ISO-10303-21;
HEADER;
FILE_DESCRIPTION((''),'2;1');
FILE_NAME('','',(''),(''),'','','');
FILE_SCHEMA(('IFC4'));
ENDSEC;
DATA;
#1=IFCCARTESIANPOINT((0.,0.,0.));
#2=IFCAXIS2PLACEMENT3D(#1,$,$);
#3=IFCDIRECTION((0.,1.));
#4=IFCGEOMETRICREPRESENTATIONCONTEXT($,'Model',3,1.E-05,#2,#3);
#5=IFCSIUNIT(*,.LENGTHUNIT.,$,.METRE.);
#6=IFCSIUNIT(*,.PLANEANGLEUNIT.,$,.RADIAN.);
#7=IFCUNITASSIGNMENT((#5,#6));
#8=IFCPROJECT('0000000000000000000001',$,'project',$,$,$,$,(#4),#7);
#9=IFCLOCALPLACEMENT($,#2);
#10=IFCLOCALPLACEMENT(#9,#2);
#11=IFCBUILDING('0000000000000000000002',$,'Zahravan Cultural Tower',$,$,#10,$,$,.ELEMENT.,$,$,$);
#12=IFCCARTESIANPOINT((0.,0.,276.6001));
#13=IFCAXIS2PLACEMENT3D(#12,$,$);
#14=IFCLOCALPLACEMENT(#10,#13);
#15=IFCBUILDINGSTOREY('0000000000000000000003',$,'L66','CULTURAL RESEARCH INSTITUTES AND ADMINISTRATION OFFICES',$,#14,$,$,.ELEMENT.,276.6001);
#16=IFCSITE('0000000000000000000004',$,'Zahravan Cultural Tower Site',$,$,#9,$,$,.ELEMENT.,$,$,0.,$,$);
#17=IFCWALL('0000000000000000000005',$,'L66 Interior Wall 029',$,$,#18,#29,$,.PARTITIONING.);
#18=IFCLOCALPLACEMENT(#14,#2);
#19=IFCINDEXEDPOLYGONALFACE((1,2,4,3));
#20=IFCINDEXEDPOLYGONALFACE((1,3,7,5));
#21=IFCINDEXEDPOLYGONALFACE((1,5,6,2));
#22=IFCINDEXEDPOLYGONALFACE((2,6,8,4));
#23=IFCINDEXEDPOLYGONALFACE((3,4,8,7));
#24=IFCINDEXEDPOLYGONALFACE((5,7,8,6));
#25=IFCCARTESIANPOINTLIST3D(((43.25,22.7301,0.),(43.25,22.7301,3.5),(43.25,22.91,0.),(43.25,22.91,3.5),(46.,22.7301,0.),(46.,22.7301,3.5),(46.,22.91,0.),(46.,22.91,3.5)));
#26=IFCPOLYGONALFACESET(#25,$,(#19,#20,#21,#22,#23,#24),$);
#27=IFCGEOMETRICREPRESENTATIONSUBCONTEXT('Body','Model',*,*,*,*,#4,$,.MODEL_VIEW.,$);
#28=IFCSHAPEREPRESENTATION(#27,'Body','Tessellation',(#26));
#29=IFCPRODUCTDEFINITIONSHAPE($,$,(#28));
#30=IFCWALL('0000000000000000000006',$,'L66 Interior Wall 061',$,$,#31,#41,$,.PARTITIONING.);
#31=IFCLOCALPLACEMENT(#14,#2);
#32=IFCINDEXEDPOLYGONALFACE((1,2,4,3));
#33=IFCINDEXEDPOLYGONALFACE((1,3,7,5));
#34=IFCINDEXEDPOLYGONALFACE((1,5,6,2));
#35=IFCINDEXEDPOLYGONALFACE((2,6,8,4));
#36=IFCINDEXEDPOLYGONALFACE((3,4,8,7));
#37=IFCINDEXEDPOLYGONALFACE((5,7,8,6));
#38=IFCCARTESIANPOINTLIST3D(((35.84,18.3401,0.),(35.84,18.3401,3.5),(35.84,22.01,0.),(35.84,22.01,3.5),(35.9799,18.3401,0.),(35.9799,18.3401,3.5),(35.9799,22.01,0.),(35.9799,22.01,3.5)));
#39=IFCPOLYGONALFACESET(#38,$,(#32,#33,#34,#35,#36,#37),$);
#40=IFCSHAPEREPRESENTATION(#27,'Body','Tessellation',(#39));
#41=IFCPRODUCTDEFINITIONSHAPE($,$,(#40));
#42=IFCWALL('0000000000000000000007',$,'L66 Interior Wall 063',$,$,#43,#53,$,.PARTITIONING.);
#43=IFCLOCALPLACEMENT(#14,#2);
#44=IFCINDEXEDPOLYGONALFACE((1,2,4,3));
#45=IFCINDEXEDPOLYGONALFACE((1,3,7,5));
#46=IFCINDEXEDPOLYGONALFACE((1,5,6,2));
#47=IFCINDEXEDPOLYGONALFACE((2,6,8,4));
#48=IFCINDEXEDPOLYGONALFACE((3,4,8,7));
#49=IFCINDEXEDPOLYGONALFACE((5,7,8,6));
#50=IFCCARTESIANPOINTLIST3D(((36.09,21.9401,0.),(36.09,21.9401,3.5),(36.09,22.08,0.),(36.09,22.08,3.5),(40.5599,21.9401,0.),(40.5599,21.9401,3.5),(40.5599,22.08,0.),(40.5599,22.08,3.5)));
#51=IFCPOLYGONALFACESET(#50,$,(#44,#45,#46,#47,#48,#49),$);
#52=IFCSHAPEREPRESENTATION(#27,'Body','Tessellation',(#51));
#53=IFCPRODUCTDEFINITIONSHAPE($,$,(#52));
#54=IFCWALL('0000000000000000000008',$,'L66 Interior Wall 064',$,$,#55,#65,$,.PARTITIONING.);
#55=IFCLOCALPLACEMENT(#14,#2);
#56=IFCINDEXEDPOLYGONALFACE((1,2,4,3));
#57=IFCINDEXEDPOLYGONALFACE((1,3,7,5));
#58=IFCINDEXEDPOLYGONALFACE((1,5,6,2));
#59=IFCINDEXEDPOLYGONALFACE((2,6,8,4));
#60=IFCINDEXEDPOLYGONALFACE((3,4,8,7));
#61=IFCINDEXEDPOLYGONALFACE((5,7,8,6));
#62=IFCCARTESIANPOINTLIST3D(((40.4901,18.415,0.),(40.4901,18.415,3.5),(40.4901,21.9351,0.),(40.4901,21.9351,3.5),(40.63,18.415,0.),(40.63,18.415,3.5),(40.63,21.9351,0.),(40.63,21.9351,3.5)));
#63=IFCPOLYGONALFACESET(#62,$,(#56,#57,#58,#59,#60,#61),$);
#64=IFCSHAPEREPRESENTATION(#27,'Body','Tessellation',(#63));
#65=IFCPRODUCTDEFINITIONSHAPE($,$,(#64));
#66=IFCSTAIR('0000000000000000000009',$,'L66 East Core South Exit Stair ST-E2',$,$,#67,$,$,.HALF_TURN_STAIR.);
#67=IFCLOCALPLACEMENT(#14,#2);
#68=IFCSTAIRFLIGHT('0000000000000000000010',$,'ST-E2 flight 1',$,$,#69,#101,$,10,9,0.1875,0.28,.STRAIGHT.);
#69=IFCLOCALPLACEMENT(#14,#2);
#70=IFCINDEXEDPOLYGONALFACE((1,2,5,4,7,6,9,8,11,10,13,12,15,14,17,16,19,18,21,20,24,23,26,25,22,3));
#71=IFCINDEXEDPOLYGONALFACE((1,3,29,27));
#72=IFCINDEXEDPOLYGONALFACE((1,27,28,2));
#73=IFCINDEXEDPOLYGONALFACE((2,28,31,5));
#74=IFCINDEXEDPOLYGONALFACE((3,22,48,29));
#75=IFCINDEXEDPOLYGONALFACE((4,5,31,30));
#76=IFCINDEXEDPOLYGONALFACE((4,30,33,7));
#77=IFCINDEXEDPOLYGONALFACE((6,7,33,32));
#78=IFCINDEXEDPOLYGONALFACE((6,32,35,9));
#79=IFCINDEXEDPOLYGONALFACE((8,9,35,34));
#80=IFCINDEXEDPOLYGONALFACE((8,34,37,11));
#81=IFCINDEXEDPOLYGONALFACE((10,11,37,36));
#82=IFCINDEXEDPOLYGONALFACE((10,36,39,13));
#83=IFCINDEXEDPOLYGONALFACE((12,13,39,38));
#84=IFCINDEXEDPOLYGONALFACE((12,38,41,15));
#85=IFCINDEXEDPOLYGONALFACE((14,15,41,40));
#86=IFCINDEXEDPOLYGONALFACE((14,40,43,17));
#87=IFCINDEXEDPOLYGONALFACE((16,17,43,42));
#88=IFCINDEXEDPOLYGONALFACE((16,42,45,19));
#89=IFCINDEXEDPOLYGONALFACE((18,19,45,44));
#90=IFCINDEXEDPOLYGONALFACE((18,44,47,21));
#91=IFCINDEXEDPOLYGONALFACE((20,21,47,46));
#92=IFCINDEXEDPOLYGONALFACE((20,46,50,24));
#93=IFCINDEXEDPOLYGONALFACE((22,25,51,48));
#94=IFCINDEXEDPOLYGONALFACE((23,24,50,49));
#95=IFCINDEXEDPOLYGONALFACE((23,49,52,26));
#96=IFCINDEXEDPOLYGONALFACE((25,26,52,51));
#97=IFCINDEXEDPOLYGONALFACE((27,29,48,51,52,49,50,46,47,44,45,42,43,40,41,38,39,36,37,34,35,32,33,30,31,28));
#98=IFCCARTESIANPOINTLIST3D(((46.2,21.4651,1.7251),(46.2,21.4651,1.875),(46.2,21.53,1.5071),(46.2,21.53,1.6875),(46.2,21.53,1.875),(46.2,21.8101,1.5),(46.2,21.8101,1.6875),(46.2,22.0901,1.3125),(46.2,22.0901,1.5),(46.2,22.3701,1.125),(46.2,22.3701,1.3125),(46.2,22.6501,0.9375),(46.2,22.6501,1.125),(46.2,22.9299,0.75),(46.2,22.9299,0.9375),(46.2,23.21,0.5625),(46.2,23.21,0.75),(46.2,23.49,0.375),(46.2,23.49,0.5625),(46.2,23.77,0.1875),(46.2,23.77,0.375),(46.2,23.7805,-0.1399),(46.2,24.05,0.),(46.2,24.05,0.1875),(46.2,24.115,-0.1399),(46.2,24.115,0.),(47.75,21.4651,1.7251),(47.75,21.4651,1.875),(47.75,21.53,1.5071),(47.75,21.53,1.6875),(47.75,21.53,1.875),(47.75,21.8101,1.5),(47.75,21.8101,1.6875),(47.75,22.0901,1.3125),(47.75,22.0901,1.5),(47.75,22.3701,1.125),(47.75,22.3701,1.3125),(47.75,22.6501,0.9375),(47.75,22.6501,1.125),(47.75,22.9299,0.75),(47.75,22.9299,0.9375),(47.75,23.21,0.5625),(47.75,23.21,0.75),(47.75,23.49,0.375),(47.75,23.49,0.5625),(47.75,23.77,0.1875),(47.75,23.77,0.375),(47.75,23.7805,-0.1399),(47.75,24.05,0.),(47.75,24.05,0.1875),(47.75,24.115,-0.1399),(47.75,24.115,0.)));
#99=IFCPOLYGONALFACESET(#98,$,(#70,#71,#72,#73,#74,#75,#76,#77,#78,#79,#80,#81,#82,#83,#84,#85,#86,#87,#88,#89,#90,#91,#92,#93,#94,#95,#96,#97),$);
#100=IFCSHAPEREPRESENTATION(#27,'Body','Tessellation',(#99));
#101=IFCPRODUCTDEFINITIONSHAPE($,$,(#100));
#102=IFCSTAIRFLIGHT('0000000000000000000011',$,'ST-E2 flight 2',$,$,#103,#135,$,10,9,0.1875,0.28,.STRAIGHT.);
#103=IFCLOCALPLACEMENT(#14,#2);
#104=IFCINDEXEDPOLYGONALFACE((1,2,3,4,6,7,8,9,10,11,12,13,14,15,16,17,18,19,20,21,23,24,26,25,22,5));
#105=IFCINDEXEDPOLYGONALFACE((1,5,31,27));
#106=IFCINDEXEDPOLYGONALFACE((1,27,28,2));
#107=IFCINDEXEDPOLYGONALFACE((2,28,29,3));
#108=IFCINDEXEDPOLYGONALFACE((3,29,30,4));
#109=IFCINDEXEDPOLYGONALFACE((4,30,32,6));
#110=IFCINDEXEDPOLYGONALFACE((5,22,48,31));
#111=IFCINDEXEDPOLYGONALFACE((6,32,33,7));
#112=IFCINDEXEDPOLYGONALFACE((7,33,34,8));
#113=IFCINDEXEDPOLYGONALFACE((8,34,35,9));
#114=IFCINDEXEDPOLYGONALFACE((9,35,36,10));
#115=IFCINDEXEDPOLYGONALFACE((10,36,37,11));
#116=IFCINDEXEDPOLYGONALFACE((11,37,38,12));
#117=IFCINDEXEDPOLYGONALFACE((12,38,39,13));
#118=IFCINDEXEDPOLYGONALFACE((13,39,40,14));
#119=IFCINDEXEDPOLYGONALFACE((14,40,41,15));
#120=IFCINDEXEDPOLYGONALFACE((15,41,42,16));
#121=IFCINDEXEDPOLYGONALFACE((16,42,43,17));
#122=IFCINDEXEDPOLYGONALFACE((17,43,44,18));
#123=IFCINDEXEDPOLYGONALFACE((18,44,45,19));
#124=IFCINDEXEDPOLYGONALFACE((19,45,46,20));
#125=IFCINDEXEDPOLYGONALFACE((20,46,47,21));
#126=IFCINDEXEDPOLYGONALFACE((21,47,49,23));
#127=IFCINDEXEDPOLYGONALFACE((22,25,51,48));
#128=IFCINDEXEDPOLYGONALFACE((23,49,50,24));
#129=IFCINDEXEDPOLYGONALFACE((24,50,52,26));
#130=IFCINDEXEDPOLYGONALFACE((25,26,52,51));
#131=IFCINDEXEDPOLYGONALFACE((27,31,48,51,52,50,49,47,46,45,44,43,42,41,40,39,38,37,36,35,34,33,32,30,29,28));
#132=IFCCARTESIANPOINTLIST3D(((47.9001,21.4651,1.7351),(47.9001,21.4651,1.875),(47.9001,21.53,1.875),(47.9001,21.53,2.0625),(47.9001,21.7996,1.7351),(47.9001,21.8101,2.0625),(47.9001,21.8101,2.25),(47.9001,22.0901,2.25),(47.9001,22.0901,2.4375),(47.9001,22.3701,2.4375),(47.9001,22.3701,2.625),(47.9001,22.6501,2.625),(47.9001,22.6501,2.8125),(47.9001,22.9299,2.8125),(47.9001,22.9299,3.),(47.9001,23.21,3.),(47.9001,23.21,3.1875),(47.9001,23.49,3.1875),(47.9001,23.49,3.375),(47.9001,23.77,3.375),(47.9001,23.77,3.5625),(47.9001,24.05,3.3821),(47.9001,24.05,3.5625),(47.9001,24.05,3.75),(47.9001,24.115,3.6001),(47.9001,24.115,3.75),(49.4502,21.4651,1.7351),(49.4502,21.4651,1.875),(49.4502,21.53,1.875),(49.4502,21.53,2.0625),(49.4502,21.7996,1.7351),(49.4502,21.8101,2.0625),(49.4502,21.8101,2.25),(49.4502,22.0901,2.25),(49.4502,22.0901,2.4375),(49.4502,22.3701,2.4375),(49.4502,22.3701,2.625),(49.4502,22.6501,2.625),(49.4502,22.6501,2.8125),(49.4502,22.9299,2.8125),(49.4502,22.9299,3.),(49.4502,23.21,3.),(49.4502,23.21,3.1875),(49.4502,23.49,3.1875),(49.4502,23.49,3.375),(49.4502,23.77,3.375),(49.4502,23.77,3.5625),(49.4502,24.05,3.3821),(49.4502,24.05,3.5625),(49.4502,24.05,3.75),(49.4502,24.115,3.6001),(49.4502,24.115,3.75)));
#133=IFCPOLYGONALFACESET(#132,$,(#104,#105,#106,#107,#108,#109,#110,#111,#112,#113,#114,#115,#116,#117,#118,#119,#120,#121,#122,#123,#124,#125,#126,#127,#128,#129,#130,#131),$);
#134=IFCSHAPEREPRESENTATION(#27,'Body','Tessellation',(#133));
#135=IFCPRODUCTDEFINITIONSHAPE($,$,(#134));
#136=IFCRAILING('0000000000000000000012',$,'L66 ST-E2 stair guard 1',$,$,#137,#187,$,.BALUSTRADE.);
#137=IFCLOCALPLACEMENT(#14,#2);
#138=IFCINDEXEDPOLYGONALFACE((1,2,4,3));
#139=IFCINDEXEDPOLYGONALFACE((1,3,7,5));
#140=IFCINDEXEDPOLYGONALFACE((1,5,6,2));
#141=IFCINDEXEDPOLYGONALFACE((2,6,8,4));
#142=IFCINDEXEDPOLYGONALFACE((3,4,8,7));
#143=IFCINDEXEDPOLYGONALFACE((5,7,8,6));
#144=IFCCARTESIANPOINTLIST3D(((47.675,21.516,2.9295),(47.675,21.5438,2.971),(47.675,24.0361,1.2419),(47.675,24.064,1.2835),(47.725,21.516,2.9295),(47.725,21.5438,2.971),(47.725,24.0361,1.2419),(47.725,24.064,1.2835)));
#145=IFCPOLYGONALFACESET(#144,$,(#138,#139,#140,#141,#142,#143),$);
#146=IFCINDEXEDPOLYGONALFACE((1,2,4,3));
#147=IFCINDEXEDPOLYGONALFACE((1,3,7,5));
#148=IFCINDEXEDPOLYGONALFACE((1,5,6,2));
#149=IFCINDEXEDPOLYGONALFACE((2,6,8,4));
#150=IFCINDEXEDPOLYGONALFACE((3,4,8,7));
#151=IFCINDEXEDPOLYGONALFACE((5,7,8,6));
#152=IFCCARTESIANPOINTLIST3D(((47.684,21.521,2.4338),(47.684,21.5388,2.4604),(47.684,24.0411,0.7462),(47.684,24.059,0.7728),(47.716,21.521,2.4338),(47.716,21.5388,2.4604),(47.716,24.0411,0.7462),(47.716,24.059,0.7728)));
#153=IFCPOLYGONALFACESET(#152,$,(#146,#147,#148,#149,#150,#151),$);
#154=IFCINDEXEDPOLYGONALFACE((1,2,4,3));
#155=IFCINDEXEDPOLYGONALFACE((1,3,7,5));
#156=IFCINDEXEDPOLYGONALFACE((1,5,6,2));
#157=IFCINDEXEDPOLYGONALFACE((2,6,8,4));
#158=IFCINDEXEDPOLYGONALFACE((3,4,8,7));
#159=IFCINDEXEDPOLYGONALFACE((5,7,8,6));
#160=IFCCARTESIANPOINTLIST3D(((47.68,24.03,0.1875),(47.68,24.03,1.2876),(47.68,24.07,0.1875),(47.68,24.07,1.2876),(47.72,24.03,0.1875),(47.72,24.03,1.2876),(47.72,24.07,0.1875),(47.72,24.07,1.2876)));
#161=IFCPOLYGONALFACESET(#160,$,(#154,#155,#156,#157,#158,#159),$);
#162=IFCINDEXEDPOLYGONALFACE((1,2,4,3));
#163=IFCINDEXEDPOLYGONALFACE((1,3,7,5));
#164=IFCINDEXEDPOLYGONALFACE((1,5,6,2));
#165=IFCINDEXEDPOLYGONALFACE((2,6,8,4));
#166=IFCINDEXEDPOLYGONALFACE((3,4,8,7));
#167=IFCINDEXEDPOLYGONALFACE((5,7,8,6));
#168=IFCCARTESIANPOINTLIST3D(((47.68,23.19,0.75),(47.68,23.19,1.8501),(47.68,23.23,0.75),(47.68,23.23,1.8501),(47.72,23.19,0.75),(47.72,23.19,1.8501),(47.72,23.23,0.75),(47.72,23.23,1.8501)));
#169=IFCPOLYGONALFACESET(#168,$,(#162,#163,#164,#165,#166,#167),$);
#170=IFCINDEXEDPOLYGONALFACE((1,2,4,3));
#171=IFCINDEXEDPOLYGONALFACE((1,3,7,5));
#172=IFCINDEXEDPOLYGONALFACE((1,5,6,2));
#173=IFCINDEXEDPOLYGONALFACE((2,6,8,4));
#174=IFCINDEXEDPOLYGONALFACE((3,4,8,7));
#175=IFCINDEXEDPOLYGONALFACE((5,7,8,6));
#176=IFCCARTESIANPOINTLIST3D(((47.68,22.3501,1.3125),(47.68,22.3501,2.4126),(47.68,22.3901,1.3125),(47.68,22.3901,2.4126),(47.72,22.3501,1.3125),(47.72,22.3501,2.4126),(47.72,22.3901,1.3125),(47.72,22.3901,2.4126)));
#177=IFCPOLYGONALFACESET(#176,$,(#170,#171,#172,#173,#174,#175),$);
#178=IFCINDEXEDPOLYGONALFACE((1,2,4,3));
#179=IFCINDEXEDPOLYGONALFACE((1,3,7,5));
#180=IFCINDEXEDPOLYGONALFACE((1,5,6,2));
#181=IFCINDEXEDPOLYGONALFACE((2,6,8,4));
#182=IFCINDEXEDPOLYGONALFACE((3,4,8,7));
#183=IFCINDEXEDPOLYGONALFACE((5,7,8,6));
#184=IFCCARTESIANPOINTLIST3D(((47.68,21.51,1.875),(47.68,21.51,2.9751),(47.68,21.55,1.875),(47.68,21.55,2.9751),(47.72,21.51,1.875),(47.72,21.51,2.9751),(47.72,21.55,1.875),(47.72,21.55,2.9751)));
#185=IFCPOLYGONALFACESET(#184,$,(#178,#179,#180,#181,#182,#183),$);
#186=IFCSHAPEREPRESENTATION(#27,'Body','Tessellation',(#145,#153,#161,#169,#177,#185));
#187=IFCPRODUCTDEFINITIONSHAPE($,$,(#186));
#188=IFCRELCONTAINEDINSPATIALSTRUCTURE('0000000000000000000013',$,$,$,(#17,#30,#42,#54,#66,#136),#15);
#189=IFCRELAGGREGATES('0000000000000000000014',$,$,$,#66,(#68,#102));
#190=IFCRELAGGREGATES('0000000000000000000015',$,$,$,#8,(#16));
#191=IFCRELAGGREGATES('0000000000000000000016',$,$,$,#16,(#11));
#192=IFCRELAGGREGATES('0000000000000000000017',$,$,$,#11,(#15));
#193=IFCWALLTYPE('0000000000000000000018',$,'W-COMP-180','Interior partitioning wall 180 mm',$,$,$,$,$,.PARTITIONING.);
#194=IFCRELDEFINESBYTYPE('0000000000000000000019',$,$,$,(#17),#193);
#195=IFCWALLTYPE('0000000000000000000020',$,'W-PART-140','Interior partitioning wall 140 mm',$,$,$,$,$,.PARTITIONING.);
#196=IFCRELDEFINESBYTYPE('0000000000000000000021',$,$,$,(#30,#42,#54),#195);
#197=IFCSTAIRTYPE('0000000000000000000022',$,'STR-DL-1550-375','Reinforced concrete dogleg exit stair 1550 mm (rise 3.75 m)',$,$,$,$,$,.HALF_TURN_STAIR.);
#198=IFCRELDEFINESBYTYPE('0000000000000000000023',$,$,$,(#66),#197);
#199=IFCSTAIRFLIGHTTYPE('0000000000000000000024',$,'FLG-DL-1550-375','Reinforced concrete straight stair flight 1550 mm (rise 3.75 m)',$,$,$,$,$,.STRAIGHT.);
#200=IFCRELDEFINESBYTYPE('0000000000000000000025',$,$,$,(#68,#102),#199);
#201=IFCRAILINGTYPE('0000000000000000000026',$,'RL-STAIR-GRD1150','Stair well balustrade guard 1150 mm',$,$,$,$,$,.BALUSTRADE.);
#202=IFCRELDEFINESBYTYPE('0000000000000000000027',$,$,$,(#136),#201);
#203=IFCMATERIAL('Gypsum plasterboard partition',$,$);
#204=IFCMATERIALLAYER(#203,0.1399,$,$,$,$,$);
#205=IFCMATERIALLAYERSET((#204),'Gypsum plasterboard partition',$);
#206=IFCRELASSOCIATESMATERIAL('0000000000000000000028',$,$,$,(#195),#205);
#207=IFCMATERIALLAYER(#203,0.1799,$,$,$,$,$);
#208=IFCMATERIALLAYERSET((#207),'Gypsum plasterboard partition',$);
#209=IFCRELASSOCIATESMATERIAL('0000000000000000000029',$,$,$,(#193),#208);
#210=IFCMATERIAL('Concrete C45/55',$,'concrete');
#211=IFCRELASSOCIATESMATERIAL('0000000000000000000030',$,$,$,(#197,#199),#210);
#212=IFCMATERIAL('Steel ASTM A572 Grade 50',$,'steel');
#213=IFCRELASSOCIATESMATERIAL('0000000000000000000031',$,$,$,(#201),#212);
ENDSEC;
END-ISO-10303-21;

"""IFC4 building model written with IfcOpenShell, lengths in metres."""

from ifc_helpers import new_model, si_unit, direction, frame, frame_2d, origin, origin_2d, place, context, subcontext, project, spatial, polyline, rectangle, outline, extrude, source, transform, mapped, material, layer, layer_set, type_object, element, aggregate, save


model = new_model("IFC4")

# Units and contexts
model_context = context("Model", 3, precision=1e-05, world=origin(), true_north=direction((0.0, 1.0)))
body_context = subcontext(model_context, "Body", "Model", "MODEL_VIEW")
ifc_project = project(units=[si_unit("LENGTHUNIT", "METRE"), si_unit("PLANEANGLEUNIT", "RADIAN")], contexts=[model_context])

# Site, building, storey
site_placement = place(None, origin())
site = spatial("IfcSite", under=ifc_project, at=site_placement, Name="Zahravan Cultural Tower Site", CompositionType="ELEMENT", RefElevation=0.0)
building_placement = place(site_placement, origin())
building = spatial("IfcBuilding", under=site, at=building_placement, Name="Zahravan Cultural Tower", CompositionType="ELEMENT")
storey_placement = place(building_placement, frame((0.0, 0.0, 276.6001)))
storey = spatial("IfcBuildingStorey", under=building, at=storey_placement, Name="L66", Description="CULTURAL RESEARCH INSTITUTES AND ADMINISTRATION OFFICES", CompositionType="ELEMENT", Elevation=276.6001)

# Shared definitions
ifc_material_1 = material(Name="Gypsum plasterboard partition")
ifc_layer_1 = layer(ifc_material_1, 0.1399)
ifc_layer_set_1 = layer_set([ifc_layer_1], Name="Gypsum plasterboard partition")
wall_type_1 = type_object("IfcWallType", Name="W-PART-140", Description="Interior partitioning wall 140 mm", PredefinedType="PARTITIONING", material=ifc_layer_set_1)
ifc_material_2 = material(Name="Concrete C45/55", Category="concrete")
ifc_material_3 = material(Name="Steel ASTM A572 Grade 50", Category="steel")

# Walls
ifc_layer_2 = layer(ifc_material_1, 0.1799)
ifc_layer_set_2 = layer_set([ifc_layer_2], Name="Gypsum plasterboard partition")
wall_type_2 = type_object("IfcWallType", Name="W-COMP-180", Description="Interior partitioning wall 180 mm", PredefinedType="PARTITIONING", material=ifc_layer_set_2)
shared_shape_1 = source(origin(), body_context, "Body", "SweptSolid", [
    extrude(rectangle(XDim=2.75, YDim=0.1799, at=frame_2d((1.375, 0.0))), origin(), (0.0, 0.0, 1.0), 3.5),
])
wall_1_placement = place(storey_placement, frame((43.25, 22.8201, 0.0), z_axis=(0.0, 0.0, 1.0), x_axis=(1.0, 0.0, 0.0)))
element("IfcWall", 1, at=wall_1_placement, inside=storey, type_object=wall_type_2, Name="L66 Interior Wall 029", PredefinedType="PARTITIONING", context=body_context, shape_type="MappedRepresentation", body=[
    mapped(shared_shape_1, transform((0.0, 0.0, 0.0), x_axis=(1.0, 0.0, 0.0), y_axis=(0.0, 1.0, 0.0), z_axis=(0.0, 0.0, 1.0), scale=1.0)),
])
shared_shape_2 = source(origin(), body_context, "Body", "SweptSolid", [
    extrude(rectangle(XDim=3.6699, YDim=0.1399, at=frame_2d((1.835, 0.0))), origin(), (0.0, 0.0, 1.0), 3.5),
])
wall_2_placement = place(storey_placement, frame((35.9099, 22.01, 0.0), z_axis=(0.0, 0.0, 1.0), x_axis=(0.0, -1.0, 0.0)))
element("IfcWall", 2, at=wall_2_placement, inside=storey, type_object=wall_type_1, Name="L66 Interior Wall 061", PredefinedType="PARTITIONING", context=body_context, shape_type="MappedRepresentation", body=[
    mapped(shared_shape_2, transform((0.0, 0.0, 0.0), x_axis=(1.0, 0.0, 0.0), y_axis=(0.0, 1.0, 0.0), z_axis=(0.0, 0.0, 1.0), scale=1.0)),
])
shared_shape_3 = source(origin(), body_context, "Body", "SweptSolid", [
    extrude(rectangle(XDim=4.47, YDim=0.1399, at=frame_2d((2.2349, 0.0))), origin(), (0.0, 0.0, 1.0), 3.5),
])
wall_3_placement = place(storey_placement, frame((36.0901, 22.01, 0.0), z_axis=(0.0, 0.0, 1.0), x_axis=(1.0, 0.0, 0.0)))
element("IfcWall", 3, at=wall_3_placement, inside=storey, type_object=wall_type_1, Name="L66 Interior Wall 063", PredefinedType="PARTITIONING", context=body_context, shape_type="MappedRepresentation", body=[
    mapped(shared_shape_3, transform((0.0, 0.0, 0.0), x_axis=(1.0, 0.0, 0.0), y_axis=(0.0, 1.0, 0.0), z_axis=(0.0, 0.0, 1.0), scale=1.0)),
])
shared_shape_4 = source(origin(), body_context, "Body", "SweptSolid", [
    extrude(rectangle(XDim=3.52, YDim=0.1399, at=frame_2d((1.76, 0.0))), origin(), (0.0, 0.0, 1.0), 3.5),
])
wall_4_placement = place(storey_placement, frame((40.5601, 21.9351, 0.0), z_axis=(0.0, 0.0, 1.0), x_axis=(0.0, -1.0, 0.0)))
element("IfcWall", 4, at=wall_4_placement, inside=storey, type_object=wall_type_1, Name="L66 Interior Wall 064", PredefinedType="PARTITIONING", context=body_context, shape_type="MappedRepresentation", body=[
    mapped(shared_shape_4, transform((0.0, 0.0, 0.0), x_axis=(1.0, 0.0, 0.0), y_axis=(0.0, 1.0, 0.0), z_axis=(0.0, 0.0, 1.0), scale=1.0)),
])

# Stair, stair flights
stair_type = type_object("IfcStairType", Name="STR-DL-1550-375", Description="Reinforced concrete dogleg exit stair 1550 mm (rise 3.75 m)", PredefinedType="HALF_TURN_STAIR", material=ifc_material_2)
stair_placement = place(storey_placement, origin())
stair = element("IfcStair", 5, at=stair_placement, inside=storey, type_object=stair_type, Name="L66 East Core South Exit Stair ST-E2", PredefinedType="HALF_TURN_STAIR")
stair_flight_type = type_object("IfcStairFlightType", Name="FLG-DL-1550-375", Description="Reinforced concrete straight stair flight 1550 mm (rise 3.75 m)", PredefinedType="STRAIGHT", material=ifc_material_2)
stair_flight_1_placement = place(storey_placement, frame((46.9751, 24.05, 0.0), z_axis=(0.0, 0.0, 1.0), x_axis=(0.0, -1.0, 0.0)))
stair_flight_1 = element("IfcStairFlight", 6, at=stair_flight_1_placement, type_object=stair_flight_type, Name="ST-E2 flight 1", NumberOfRisers=10, NumberOfTreads=9, PredefinedType="STRAIGHT", RiserHeight=0.1875, TreadLength=0.28, context=body_context, shape_type="SweptSolid", body=[
    extrude(outline(polyline([(-0.0649, -0.1399), (-0.0649, 0.0), (0.0, 0.0), (0.0, 0.1875), (0.28, 0.1875), (0.28, 0.375), (0.5601, 0.375), (0.5601, 0.5625), (0.8401, 0.5625), (0.8401, 0.75), (1.1201, 0.75), (1.1201, 0.9375), (1.3999, 0.9375), (1.3999, 1.125), (1.6799, 1.125), (1.6799, 1.3125), (1.96, 1.3125), (1.96, 1.5), (2.24, 1.5), (2.24, 1.6875), (2.52, 1.6875), (2.52, 1.875), (2.585, 1.875), (2.585, 1.7251), (2.52, 1.5071), (0.2695, -0.1399), (-0.0649, -0.1399)])), frame((0.0, 0.7749, 0.0), z_axis=(0.0, -1.0, 0.0), x_axis=(1.0, 0.0, 0.0)), (0.0, 0.0, 1.0), 1.55),
])
stair_flight_2_placement = place(storey_placement, frame((48.675, 21.53, 1.875), z_axis=(0.0, 0.0, 1.0), x_axis=(0.0, 1.0, 0.0)))
stair_flight_2 = element("IfcStairFlight", 7, at=stair_flight_2_placement, type_object=stair_flight_type, Name="ST-E2 flight 2", NumberOfRisers=10, NumberOfTreads=9, PredefinedType="STRAIGHT", RiserHeight=0.1875, TreadLength=0.28, context=body_context, shape_type="SweptSolid", body=[
    extrude(outline(polyline([(-0.0649, -0.1399), (-0.0649, 0.0), (0.0, 0.0), (0.0, 0.1875), (0.28, 0.1875), (0.28, 0.375), (0.5601, 0.375), (0.5601, 0.5625), (0.8401, 0.5625), (0.8401, 0.75), (1.1201, 0.75), (1.1201, 0.9375), (1.3999, 0.9375), (1.3999, 1.125), (1.6799, 1.125), (1.6799, 1.3125), (1.96, 1.3125), (1.96, 1.5), (2.24, 1.5), (2.24, 1.6875), (2.52, 1.6875), (2.52, 1.875), (2.585, 1.875), (2.585, 1.7251), (2.52, 1.5071), (0.2695, -0.1399), (-0.0649, -0.1399)])), frame((0.0, 0.7749, 0.0), z_axis=(0.0, -1.0, 0.0), x_axis=(1.0, 0.0, 0.0)), (0.0, 0.0, 1.0), 1.55),
])
aggregate(stair, [stair_flight_1, stair_flight_2])

# Railing
railing_type_1 = type_object("IfcRailingType", Name="RL-STAIR-GRD1150", Description="Stair well balustrade guard 1150 mm", PredefinedType="BALUSTRADE", material=ifc_material_3)
railing_1_placement = place(storey_placement, frame((47.7, 24.05, 0.1875)))
element("IfcRailing", 8, at=railing_1_placement, inside=storey, type_object=railing_type_1, Name="L66 ST-E2 stair guard 1", PredefinedType="BALUSTRADE", context=body_context, shape_type="SweptSolid", body=[
    extrude(rectangle(XDim=0.05, YDim=0.05, at=origin_2d()), frame((0.0, 0.0, 1.0752), z_axis=(0.0, -0.830909, 0.556408), x_axis=(1.0, 0.0, 0.0)), (0.0, 0.0, 1.0), 3.033),
    extrude(rectangle(XDim=0.032, YDim=0.032, at=origin_2d()), frame((0.0, 0.0, 0.572), z_axis=(0.0, -0.830909, 0.556408), x_axis=(1.0, 0.0, 0.0)), (0.0, 0.0, 1.0), 3.033),
    extrude(rectangle(XDim=0.04, YDim=0.04, at=origin_2d()), origin(), (0.0, 0.0, 1.0), 1.1001),
    extrude(rectangle(XDim=0.04, YDim=0.04, at=origin_2d()), frame((0.0, -0.8401, 0.5625)), (0.0, 0.0, 1.0), 1.1001),
    extrude(rectangle(XDim=0.04, YDim=0.04, at=origin_2d()), frame((0.0, -1.6799, 1.125)), (0.0, 0.0, 1.0), 1.1001),
    extrude(rectangle(XDim=0.04, YDim=0.04, at=origin_2d()), frame((0.0, -2.52, 1.6875)), (0.0, 0.0, 1.0), 1.1001),
])

save(model, "model.ifc")
